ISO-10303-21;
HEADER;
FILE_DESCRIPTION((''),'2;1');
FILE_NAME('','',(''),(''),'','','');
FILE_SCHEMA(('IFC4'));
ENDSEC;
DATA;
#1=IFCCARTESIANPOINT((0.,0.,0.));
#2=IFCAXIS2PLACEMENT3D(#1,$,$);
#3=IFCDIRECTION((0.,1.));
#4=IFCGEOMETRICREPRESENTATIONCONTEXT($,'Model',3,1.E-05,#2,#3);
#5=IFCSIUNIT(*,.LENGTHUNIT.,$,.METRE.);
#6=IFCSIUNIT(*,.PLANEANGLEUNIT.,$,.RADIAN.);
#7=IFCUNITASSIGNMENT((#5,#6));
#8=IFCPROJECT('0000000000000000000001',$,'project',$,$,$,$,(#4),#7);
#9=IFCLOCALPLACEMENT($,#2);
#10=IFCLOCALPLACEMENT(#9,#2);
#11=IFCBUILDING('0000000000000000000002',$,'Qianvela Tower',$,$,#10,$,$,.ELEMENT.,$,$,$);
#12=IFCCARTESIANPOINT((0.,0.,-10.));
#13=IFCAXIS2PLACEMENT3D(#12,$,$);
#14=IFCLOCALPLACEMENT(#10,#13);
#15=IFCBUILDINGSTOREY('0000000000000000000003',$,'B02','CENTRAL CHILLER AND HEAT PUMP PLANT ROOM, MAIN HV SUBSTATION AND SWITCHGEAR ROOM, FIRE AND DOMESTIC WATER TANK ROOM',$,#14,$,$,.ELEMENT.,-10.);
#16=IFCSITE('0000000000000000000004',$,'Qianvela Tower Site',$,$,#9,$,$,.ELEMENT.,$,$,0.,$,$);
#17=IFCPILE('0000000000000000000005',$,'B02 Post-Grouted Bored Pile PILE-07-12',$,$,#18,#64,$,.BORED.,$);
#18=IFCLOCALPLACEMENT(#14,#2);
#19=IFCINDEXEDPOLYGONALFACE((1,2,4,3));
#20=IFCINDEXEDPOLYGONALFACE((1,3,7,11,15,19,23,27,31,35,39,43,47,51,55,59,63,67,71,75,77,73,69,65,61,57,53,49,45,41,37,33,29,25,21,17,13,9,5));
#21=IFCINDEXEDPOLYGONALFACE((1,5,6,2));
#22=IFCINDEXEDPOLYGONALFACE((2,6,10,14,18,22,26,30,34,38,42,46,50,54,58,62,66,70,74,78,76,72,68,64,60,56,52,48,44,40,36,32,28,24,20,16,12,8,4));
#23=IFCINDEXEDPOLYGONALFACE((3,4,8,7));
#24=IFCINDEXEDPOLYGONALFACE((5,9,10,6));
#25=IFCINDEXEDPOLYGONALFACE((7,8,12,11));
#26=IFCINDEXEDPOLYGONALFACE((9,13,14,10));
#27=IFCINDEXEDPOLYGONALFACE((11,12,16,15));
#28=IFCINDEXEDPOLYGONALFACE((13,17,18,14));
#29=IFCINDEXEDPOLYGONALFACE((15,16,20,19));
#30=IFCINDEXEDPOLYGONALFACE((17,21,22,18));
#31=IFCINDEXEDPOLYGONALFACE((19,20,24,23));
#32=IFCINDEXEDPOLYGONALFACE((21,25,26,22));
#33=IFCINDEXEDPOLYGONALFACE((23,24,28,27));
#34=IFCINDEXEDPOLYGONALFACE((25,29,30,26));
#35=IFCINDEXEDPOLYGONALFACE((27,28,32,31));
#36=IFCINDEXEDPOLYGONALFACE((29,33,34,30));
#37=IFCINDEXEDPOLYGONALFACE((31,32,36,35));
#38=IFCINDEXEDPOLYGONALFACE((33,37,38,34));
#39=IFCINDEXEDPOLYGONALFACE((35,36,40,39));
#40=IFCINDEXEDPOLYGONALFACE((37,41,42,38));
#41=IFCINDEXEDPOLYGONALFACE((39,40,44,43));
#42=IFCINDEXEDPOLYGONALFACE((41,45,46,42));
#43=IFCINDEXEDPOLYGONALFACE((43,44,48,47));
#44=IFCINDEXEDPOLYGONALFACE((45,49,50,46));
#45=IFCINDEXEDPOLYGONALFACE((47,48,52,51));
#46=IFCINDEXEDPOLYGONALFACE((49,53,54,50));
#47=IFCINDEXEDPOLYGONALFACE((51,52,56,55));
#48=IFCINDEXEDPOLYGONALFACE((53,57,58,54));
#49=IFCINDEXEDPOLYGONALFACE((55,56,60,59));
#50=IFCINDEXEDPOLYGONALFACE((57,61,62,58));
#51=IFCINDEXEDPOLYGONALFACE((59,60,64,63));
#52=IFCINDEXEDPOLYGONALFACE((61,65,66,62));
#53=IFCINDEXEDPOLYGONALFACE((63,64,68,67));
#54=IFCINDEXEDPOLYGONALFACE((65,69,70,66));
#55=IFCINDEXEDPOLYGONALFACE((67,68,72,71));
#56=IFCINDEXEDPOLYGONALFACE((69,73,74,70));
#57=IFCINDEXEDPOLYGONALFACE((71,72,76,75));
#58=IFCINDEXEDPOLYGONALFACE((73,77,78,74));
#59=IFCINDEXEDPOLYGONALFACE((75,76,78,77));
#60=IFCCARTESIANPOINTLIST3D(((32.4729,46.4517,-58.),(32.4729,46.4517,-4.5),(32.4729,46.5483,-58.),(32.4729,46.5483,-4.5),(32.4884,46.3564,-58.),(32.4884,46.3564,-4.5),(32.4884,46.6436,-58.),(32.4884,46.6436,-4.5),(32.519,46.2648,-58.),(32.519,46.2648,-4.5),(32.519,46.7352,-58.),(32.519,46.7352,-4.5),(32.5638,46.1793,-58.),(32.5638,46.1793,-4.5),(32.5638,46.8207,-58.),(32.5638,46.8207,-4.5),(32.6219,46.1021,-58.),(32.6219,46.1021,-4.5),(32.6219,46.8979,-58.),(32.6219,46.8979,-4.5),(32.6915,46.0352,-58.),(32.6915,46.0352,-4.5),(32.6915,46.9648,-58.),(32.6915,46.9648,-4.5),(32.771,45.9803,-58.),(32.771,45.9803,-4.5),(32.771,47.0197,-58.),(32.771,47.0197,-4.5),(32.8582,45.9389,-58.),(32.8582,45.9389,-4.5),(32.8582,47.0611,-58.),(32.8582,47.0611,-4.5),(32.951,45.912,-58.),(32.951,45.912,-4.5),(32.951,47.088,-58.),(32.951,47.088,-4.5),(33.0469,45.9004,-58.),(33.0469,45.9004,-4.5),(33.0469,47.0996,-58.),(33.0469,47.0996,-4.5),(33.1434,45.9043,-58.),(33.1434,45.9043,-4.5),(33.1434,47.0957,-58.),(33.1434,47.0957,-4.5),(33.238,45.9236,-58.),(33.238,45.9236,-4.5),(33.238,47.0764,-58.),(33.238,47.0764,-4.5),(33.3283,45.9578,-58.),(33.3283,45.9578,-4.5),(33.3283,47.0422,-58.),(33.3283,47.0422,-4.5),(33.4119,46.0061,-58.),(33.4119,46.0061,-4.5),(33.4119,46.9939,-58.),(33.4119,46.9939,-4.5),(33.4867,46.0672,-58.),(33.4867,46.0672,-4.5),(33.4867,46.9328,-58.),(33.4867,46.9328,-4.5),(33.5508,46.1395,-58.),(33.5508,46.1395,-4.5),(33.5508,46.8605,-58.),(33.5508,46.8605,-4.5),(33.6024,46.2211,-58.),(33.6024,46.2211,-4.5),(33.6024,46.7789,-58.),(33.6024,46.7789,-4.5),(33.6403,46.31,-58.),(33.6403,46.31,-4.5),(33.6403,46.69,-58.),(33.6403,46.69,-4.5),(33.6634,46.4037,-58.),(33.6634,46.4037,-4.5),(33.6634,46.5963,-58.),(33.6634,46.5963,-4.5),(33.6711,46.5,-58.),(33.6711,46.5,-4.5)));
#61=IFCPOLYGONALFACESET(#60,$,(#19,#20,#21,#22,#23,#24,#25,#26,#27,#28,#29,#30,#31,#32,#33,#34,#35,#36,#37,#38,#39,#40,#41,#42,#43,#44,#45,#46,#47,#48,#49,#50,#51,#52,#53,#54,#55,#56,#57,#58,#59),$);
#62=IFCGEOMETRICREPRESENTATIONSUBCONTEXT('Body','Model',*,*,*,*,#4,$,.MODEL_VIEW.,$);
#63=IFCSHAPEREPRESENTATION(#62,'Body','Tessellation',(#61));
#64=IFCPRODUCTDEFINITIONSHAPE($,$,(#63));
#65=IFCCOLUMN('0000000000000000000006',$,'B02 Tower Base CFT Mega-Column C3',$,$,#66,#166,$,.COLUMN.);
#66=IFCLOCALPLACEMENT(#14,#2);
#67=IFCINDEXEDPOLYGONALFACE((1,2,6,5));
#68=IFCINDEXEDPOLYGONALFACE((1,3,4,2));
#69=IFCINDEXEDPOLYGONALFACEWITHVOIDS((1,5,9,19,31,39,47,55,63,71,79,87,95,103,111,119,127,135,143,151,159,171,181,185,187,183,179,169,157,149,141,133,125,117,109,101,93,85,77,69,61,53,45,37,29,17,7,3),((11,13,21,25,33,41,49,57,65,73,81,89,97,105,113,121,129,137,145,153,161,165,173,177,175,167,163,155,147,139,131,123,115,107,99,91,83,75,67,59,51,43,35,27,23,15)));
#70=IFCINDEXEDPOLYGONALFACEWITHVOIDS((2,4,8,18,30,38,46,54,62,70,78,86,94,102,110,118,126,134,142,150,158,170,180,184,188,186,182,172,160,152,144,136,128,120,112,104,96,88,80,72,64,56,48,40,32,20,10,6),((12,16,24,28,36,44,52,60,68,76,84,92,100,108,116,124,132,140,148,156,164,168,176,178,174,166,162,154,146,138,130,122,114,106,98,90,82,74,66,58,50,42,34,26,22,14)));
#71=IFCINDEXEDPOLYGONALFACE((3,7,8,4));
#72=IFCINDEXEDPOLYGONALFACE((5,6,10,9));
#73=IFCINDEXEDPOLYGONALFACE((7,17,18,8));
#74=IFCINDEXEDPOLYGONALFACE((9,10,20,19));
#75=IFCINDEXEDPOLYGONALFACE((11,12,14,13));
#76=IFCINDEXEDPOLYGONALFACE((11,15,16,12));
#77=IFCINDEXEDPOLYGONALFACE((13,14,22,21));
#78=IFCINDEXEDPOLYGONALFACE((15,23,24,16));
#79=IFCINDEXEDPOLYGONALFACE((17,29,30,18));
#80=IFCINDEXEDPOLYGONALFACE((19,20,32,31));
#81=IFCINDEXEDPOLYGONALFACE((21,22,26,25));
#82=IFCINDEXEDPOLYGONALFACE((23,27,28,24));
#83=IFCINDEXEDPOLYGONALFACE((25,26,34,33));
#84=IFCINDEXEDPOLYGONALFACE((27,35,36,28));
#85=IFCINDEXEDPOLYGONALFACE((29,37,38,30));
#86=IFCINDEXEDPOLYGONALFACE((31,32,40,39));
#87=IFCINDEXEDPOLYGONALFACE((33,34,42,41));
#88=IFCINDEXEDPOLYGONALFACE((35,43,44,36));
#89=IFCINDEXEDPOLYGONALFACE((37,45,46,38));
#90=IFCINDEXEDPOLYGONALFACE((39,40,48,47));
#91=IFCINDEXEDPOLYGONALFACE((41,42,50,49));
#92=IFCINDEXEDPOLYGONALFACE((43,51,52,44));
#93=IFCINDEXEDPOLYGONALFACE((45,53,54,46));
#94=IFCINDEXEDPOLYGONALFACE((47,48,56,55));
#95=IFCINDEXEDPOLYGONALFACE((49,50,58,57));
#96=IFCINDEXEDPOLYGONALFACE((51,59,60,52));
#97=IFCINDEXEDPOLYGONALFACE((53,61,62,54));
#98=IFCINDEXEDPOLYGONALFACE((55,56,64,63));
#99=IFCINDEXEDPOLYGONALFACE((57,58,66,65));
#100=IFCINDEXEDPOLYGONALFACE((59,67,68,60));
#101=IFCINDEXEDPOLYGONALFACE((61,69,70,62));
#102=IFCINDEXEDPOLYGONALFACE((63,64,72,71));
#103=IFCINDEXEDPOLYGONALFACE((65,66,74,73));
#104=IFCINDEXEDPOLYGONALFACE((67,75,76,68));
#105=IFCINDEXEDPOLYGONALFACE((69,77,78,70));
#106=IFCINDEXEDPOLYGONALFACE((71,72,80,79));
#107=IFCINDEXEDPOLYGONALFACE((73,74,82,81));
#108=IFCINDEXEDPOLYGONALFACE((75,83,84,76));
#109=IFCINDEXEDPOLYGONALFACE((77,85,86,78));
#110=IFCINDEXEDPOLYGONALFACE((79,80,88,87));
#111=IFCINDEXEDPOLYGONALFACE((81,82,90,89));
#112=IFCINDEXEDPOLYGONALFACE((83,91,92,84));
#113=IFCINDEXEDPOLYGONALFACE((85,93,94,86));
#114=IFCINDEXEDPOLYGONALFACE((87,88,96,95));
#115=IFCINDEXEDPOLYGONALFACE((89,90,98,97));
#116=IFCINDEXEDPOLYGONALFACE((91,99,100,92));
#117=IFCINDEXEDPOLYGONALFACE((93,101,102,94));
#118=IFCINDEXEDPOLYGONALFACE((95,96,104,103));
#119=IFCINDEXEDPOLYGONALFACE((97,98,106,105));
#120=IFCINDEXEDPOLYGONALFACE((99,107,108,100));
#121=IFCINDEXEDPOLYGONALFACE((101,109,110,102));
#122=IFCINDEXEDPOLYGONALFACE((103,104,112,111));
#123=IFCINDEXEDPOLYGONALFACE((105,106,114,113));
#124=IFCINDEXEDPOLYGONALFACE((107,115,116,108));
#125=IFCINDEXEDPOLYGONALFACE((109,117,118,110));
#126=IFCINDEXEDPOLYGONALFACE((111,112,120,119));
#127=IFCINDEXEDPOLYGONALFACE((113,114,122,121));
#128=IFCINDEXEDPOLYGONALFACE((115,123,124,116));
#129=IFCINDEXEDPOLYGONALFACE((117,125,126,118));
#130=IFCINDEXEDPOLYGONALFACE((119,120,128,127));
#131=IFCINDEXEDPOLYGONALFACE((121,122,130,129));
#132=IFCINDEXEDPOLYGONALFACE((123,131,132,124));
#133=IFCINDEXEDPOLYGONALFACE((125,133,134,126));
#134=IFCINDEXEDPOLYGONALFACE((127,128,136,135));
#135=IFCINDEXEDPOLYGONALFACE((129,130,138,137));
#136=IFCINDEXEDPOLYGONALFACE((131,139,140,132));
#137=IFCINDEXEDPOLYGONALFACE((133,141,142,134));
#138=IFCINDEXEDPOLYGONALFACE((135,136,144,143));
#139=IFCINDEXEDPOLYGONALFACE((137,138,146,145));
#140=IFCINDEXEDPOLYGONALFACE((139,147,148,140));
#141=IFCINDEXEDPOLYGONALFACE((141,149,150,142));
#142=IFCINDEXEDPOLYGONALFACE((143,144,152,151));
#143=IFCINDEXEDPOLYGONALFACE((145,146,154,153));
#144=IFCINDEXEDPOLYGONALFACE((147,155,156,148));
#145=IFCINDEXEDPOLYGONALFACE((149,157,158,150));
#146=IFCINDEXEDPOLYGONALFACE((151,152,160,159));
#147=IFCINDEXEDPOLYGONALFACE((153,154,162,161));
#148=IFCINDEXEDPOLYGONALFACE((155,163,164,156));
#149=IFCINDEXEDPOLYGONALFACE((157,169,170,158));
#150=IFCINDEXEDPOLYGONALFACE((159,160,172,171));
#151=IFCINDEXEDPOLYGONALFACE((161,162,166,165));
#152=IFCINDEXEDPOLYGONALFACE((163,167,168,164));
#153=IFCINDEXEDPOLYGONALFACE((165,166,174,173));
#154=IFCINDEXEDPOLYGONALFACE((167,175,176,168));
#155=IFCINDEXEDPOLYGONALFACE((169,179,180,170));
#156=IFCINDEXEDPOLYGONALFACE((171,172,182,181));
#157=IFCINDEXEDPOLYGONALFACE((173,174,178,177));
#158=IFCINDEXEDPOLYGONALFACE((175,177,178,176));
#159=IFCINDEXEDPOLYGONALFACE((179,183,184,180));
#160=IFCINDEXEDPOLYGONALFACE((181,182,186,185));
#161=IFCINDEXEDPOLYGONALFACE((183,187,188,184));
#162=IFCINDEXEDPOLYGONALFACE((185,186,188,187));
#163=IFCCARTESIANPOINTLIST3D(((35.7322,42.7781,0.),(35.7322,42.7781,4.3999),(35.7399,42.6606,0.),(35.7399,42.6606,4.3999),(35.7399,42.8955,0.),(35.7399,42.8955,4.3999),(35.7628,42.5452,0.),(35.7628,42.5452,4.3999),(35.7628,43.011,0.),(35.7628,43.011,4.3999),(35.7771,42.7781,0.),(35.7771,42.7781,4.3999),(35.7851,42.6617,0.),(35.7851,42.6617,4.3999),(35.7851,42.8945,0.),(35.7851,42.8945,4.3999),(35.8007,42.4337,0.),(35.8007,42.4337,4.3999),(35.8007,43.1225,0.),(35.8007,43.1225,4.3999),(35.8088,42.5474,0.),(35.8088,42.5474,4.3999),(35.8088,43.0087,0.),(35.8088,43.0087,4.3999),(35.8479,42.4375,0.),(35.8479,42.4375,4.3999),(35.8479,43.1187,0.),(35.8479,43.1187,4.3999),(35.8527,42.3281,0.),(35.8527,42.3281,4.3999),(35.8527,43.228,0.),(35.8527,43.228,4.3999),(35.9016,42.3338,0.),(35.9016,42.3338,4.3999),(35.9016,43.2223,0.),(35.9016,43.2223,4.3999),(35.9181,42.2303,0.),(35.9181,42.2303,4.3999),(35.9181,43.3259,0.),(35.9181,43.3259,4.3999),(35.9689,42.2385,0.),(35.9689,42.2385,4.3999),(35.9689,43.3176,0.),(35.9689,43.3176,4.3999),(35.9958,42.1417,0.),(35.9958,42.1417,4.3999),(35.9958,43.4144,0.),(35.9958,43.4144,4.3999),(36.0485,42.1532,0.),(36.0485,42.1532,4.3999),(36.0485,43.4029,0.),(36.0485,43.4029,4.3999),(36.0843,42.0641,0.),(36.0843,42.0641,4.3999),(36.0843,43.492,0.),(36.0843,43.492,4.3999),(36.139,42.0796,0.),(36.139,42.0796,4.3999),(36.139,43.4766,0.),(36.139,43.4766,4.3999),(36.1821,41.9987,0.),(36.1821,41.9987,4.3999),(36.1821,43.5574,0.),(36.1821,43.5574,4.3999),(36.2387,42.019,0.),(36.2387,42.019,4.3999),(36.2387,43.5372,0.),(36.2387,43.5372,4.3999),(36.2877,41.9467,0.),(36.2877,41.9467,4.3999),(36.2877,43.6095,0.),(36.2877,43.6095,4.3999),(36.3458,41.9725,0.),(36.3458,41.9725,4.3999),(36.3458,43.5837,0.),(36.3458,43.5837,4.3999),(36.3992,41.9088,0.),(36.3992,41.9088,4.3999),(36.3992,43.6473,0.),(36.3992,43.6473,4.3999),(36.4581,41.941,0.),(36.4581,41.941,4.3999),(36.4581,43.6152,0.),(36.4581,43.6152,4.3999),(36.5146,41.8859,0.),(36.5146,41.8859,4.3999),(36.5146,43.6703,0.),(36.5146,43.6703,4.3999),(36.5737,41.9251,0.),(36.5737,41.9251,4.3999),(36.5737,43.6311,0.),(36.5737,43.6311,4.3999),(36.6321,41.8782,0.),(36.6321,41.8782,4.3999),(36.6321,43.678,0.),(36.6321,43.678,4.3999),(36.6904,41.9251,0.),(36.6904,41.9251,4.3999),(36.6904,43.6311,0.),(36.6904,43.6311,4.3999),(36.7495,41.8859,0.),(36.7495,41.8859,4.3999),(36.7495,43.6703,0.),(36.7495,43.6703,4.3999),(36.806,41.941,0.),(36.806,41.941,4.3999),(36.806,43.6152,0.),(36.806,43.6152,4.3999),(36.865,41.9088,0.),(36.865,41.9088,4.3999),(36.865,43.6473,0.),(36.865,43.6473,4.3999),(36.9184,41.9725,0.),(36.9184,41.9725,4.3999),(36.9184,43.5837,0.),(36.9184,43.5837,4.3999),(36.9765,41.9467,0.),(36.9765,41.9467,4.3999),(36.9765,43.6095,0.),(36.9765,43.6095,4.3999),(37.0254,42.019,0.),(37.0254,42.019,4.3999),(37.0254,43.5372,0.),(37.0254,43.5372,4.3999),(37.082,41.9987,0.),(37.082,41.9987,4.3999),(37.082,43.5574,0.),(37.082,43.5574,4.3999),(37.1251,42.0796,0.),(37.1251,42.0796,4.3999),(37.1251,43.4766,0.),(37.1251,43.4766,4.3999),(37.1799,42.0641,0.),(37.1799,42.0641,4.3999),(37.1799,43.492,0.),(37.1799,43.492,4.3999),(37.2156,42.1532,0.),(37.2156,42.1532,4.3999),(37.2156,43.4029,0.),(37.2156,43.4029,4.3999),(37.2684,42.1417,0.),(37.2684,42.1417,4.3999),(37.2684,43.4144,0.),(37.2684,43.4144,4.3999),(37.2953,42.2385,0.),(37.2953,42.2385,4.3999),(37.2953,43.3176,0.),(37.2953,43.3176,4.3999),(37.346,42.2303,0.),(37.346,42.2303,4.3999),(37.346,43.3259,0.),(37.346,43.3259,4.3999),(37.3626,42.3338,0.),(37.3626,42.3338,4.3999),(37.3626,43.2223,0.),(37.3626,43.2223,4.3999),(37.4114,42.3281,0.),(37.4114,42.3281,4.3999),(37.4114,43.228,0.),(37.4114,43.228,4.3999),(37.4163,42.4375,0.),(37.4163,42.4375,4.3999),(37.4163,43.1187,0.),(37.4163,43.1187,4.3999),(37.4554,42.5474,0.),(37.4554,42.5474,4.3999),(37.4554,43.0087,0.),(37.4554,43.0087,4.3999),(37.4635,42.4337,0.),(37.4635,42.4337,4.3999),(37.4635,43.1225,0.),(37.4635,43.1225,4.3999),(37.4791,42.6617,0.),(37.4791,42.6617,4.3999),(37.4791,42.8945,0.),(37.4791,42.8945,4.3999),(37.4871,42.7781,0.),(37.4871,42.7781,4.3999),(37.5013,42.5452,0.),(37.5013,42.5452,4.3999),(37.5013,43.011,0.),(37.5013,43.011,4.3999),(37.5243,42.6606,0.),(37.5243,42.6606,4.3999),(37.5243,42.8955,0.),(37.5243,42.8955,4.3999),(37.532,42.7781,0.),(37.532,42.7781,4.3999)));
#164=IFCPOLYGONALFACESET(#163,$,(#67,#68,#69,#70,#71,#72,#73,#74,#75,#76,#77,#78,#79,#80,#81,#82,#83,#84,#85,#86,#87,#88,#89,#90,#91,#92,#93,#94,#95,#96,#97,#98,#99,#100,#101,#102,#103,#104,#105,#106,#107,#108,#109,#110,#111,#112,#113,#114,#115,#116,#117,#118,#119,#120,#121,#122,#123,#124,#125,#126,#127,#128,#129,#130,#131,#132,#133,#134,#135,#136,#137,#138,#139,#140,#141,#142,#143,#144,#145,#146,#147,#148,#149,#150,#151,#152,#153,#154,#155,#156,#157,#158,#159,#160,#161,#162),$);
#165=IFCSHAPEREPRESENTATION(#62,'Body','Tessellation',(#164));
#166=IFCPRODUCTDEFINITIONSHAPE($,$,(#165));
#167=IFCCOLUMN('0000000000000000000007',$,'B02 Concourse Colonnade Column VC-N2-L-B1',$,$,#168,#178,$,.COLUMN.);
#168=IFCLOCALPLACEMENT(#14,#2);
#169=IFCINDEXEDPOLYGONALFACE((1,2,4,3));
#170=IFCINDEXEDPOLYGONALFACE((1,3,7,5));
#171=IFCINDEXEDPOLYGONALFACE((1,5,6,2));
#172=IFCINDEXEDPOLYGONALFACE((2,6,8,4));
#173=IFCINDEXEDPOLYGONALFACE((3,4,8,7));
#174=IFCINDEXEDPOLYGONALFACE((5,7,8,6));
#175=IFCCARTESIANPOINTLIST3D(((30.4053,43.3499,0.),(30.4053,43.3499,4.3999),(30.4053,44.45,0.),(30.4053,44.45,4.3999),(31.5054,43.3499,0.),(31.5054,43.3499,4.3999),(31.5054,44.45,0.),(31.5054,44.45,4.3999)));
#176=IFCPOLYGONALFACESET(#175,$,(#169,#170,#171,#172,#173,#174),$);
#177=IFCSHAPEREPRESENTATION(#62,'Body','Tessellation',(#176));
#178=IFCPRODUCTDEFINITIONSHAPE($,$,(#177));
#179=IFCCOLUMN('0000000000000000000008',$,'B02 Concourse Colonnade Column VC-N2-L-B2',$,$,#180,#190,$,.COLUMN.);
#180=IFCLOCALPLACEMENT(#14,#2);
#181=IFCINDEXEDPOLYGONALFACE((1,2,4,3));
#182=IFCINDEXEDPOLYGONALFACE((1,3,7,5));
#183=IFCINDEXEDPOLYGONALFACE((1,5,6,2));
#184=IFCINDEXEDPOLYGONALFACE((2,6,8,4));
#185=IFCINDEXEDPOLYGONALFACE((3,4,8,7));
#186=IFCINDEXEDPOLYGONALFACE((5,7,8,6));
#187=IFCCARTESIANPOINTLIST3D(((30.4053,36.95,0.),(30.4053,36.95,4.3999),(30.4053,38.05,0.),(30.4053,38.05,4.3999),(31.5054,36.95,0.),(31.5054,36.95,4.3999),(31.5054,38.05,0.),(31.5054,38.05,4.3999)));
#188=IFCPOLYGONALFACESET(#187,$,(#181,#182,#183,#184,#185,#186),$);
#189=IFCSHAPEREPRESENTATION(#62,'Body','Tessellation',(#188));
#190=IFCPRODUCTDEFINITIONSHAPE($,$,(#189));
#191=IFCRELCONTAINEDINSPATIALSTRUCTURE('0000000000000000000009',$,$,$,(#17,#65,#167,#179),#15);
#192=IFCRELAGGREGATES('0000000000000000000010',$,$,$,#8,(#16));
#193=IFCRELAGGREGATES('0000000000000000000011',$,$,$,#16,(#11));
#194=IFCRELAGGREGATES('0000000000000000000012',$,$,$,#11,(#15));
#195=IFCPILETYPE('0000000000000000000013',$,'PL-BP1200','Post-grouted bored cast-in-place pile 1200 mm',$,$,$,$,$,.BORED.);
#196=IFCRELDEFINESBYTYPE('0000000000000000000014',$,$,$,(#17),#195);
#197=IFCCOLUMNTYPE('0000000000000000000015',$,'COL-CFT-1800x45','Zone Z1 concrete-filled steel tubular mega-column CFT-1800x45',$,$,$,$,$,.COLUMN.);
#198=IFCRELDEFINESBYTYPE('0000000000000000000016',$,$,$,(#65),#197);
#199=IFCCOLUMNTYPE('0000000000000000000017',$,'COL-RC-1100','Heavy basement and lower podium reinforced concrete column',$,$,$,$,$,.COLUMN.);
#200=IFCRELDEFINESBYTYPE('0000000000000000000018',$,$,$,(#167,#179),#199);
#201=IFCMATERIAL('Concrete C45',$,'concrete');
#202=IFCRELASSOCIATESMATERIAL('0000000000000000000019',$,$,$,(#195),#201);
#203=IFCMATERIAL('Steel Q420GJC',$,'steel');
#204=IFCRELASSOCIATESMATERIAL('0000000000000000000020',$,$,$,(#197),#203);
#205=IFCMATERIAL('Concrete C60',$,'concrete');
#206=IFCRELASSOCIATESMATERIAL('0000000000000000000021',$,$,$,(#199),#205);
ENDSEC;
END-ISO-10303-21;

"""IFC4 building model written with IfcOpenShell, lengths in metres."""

from ifc_helpers import new_model, si_unit, direction, frame, origin, origin_2d, place, context, subcontext, project, spatial, rectangle, circle, hollow_circle, extrude, material, material_profile, profile_set, type_object, element, save


model = new_model("IFC4")

# Units and contexts
model_context = context("Model", 3, precision=1e-05, world=origin(), true_north=direction((0.0, 1.0)))
body_context = subcontext(model_context, "Body", "Model", "MODEL_VIEW")
ifc_project = project(units=[si_unit("LENGTHUNIT", "METRE"), si_unit("PLANEANGLEUNIT", "RADIAN")], contexts=[model_context])

# Site, building, storey
site_placement = place(None, origin())
site = spatial("IfcSite", under=ifc_project, at=site_placement, Name="Qianvela Tower Site", CompositionType="ELEMENT", RefElevation=0.0)
building_placement = place(site_placement, origin())
building = spatial("IfcBuilding", under=site, at=building_placement, Name="Qianvela Tower", CompositionType="ELEMENT")
storey_placement = place(building_placement, frame((0.0, 0.0, -10.0)))
storey = spatial("IfcBuildingStorey", under=building, at=storey_placement, Name="B02", Description="CENTRAL CHILLER AND HEAT PUMP PLANT ROOM, MAIN HV SUBSTATION AND SWITCHGEAR ROOM, FIRE AND DOMESTIC WATER TANK ROOM", CompositionType="ELEMENT", Elevation=-10.0)

# Pile
ifc_material_1 = material(Name="Concrete C45", Category="concrete")
ifc_material_profile_1 = material_profile(ifc_material_1, circle(Radius=0.6001, at=origin_2d()), Name="BP-1200")
ifc_profile_set_1 = profile_set([ifc_material_profile_1], Name="Concrete C45")
pile_type = type_object("IfcPileType", Name="PL-BP1200", Description="Post-grouted bored cast-in-place pile 1200 mm", PredefinedType="BORED", material=ifc_profile_set_1)
for number, where, z_axis, x_axis, name in (
    (1, (33.071, 46.5, -4.5), (0.0, 0.0, -1.0), (1.0, 0.0, 0.0), "B02 Post-Grouted Bored Pile PILE-07-12"),
):
    element("IfcPile", number, at=place(storey_placement, frame(where, z_axis=z_axis, x_axis=x_axis)), inside=storey, type_object=pile_type, Name=name, PredefinedType="BORED", context=body_context, shape_type="SweptSolid", body=[
        extrude(circle(Radius=0.6001, at=origin_2d()), origin(), (0.0, 0.0, 1.0), 53.5),
    ])

# Columns
ifc_material_2 = material(Name="Steel Q420GJC", Category="steel")
ifc_material_profile_2 = material_profile(ifc_material_2, hollow_circle(Radius=0.8999, WallThickness=0.0449, at=origin_2d()), Name="CFT-1800x45")
ifc_profile_set_2 = profile_set([ifc_material_profile_2], Name="Steel Q420GJC")
column_type_1 = type_object("IfcColumnType", Name="COL-CFT-1800x45", Description="Zone Z1 concrete-filled steel tubular mega-column CFT-1800x45", PredefinedType="COLUMN", material=ifc_profile_set_2)
column_placement = place(storey_placement, frame((36.6321, 42.7781, 0.0), z_axis=(0.0, 0.0, 1.0), x_axis=(1.0, 0.0, 0.0)))
element("IfcColumn", 2, at=column_placement, inside=storey, type_object=column_type_1, Name="B02 Tower Base CFT Mega-Column C3", PredefinedType="COLUMN", context=body_context, shape_type="SweptSolid", body=[
    extrude(hollow_circle(Radius=0.8999, WallThickness=0.0449, at=origin_2d()), origin(), (0.0, 0.0, 1.0), 4.3999),
])
ifc_material_3 = material(Name="Concrete C60", Category="concrete")
ifc_material_profile_3 = material_profile(ifc_material_3, rectangle(XDim=1.1001, YDim=1.1001, at=origin_2d()), Name="RC-COL-1100x1100")
ifc_profile_set_3 = profile_set([ifc_material_profile_3], Name="Concrete C60")
column_type_2 = type_object("IfcColumnType", Name="COL-RC-1100", Description="Heavy basement and lower podium reinforced concrete column", PredefinedType="COLUMN", material=ifc_profile_set_3)
for number, where, z_axis, x_axis, name in (
    (3, (30.9553, 43.8999, 0.0), (0.0, 0.0, 1.0), (1.0, 0.0, 0.0), "B02 Concourse Colonnade Column VC-N2-L-B1"),
    (4, (30.9553, 37.5, 0.0), (0.0, 0.0, 1.0), (1.0, 0.0, 0.0), "B02 Concourse Colonnade Column VC-N2-L-B2"),
):
    element("IfcColumn", number, at=place(storey_placement, frame(where, z_axis=z_axis, x_axis=x_axis)), inside=storey, type_object=column_type_2, Name=name, PredefinedType="COLUMN", context=body_context, shape_type="SweptSolid", body=[
        extrude(rectangle(XDim=1.1001, YDim=1.1001, at=origin_2d()), origin(), (0.0, 0.0, 1.0), 4.3999),
    ])

save(model, "model.ifc")
